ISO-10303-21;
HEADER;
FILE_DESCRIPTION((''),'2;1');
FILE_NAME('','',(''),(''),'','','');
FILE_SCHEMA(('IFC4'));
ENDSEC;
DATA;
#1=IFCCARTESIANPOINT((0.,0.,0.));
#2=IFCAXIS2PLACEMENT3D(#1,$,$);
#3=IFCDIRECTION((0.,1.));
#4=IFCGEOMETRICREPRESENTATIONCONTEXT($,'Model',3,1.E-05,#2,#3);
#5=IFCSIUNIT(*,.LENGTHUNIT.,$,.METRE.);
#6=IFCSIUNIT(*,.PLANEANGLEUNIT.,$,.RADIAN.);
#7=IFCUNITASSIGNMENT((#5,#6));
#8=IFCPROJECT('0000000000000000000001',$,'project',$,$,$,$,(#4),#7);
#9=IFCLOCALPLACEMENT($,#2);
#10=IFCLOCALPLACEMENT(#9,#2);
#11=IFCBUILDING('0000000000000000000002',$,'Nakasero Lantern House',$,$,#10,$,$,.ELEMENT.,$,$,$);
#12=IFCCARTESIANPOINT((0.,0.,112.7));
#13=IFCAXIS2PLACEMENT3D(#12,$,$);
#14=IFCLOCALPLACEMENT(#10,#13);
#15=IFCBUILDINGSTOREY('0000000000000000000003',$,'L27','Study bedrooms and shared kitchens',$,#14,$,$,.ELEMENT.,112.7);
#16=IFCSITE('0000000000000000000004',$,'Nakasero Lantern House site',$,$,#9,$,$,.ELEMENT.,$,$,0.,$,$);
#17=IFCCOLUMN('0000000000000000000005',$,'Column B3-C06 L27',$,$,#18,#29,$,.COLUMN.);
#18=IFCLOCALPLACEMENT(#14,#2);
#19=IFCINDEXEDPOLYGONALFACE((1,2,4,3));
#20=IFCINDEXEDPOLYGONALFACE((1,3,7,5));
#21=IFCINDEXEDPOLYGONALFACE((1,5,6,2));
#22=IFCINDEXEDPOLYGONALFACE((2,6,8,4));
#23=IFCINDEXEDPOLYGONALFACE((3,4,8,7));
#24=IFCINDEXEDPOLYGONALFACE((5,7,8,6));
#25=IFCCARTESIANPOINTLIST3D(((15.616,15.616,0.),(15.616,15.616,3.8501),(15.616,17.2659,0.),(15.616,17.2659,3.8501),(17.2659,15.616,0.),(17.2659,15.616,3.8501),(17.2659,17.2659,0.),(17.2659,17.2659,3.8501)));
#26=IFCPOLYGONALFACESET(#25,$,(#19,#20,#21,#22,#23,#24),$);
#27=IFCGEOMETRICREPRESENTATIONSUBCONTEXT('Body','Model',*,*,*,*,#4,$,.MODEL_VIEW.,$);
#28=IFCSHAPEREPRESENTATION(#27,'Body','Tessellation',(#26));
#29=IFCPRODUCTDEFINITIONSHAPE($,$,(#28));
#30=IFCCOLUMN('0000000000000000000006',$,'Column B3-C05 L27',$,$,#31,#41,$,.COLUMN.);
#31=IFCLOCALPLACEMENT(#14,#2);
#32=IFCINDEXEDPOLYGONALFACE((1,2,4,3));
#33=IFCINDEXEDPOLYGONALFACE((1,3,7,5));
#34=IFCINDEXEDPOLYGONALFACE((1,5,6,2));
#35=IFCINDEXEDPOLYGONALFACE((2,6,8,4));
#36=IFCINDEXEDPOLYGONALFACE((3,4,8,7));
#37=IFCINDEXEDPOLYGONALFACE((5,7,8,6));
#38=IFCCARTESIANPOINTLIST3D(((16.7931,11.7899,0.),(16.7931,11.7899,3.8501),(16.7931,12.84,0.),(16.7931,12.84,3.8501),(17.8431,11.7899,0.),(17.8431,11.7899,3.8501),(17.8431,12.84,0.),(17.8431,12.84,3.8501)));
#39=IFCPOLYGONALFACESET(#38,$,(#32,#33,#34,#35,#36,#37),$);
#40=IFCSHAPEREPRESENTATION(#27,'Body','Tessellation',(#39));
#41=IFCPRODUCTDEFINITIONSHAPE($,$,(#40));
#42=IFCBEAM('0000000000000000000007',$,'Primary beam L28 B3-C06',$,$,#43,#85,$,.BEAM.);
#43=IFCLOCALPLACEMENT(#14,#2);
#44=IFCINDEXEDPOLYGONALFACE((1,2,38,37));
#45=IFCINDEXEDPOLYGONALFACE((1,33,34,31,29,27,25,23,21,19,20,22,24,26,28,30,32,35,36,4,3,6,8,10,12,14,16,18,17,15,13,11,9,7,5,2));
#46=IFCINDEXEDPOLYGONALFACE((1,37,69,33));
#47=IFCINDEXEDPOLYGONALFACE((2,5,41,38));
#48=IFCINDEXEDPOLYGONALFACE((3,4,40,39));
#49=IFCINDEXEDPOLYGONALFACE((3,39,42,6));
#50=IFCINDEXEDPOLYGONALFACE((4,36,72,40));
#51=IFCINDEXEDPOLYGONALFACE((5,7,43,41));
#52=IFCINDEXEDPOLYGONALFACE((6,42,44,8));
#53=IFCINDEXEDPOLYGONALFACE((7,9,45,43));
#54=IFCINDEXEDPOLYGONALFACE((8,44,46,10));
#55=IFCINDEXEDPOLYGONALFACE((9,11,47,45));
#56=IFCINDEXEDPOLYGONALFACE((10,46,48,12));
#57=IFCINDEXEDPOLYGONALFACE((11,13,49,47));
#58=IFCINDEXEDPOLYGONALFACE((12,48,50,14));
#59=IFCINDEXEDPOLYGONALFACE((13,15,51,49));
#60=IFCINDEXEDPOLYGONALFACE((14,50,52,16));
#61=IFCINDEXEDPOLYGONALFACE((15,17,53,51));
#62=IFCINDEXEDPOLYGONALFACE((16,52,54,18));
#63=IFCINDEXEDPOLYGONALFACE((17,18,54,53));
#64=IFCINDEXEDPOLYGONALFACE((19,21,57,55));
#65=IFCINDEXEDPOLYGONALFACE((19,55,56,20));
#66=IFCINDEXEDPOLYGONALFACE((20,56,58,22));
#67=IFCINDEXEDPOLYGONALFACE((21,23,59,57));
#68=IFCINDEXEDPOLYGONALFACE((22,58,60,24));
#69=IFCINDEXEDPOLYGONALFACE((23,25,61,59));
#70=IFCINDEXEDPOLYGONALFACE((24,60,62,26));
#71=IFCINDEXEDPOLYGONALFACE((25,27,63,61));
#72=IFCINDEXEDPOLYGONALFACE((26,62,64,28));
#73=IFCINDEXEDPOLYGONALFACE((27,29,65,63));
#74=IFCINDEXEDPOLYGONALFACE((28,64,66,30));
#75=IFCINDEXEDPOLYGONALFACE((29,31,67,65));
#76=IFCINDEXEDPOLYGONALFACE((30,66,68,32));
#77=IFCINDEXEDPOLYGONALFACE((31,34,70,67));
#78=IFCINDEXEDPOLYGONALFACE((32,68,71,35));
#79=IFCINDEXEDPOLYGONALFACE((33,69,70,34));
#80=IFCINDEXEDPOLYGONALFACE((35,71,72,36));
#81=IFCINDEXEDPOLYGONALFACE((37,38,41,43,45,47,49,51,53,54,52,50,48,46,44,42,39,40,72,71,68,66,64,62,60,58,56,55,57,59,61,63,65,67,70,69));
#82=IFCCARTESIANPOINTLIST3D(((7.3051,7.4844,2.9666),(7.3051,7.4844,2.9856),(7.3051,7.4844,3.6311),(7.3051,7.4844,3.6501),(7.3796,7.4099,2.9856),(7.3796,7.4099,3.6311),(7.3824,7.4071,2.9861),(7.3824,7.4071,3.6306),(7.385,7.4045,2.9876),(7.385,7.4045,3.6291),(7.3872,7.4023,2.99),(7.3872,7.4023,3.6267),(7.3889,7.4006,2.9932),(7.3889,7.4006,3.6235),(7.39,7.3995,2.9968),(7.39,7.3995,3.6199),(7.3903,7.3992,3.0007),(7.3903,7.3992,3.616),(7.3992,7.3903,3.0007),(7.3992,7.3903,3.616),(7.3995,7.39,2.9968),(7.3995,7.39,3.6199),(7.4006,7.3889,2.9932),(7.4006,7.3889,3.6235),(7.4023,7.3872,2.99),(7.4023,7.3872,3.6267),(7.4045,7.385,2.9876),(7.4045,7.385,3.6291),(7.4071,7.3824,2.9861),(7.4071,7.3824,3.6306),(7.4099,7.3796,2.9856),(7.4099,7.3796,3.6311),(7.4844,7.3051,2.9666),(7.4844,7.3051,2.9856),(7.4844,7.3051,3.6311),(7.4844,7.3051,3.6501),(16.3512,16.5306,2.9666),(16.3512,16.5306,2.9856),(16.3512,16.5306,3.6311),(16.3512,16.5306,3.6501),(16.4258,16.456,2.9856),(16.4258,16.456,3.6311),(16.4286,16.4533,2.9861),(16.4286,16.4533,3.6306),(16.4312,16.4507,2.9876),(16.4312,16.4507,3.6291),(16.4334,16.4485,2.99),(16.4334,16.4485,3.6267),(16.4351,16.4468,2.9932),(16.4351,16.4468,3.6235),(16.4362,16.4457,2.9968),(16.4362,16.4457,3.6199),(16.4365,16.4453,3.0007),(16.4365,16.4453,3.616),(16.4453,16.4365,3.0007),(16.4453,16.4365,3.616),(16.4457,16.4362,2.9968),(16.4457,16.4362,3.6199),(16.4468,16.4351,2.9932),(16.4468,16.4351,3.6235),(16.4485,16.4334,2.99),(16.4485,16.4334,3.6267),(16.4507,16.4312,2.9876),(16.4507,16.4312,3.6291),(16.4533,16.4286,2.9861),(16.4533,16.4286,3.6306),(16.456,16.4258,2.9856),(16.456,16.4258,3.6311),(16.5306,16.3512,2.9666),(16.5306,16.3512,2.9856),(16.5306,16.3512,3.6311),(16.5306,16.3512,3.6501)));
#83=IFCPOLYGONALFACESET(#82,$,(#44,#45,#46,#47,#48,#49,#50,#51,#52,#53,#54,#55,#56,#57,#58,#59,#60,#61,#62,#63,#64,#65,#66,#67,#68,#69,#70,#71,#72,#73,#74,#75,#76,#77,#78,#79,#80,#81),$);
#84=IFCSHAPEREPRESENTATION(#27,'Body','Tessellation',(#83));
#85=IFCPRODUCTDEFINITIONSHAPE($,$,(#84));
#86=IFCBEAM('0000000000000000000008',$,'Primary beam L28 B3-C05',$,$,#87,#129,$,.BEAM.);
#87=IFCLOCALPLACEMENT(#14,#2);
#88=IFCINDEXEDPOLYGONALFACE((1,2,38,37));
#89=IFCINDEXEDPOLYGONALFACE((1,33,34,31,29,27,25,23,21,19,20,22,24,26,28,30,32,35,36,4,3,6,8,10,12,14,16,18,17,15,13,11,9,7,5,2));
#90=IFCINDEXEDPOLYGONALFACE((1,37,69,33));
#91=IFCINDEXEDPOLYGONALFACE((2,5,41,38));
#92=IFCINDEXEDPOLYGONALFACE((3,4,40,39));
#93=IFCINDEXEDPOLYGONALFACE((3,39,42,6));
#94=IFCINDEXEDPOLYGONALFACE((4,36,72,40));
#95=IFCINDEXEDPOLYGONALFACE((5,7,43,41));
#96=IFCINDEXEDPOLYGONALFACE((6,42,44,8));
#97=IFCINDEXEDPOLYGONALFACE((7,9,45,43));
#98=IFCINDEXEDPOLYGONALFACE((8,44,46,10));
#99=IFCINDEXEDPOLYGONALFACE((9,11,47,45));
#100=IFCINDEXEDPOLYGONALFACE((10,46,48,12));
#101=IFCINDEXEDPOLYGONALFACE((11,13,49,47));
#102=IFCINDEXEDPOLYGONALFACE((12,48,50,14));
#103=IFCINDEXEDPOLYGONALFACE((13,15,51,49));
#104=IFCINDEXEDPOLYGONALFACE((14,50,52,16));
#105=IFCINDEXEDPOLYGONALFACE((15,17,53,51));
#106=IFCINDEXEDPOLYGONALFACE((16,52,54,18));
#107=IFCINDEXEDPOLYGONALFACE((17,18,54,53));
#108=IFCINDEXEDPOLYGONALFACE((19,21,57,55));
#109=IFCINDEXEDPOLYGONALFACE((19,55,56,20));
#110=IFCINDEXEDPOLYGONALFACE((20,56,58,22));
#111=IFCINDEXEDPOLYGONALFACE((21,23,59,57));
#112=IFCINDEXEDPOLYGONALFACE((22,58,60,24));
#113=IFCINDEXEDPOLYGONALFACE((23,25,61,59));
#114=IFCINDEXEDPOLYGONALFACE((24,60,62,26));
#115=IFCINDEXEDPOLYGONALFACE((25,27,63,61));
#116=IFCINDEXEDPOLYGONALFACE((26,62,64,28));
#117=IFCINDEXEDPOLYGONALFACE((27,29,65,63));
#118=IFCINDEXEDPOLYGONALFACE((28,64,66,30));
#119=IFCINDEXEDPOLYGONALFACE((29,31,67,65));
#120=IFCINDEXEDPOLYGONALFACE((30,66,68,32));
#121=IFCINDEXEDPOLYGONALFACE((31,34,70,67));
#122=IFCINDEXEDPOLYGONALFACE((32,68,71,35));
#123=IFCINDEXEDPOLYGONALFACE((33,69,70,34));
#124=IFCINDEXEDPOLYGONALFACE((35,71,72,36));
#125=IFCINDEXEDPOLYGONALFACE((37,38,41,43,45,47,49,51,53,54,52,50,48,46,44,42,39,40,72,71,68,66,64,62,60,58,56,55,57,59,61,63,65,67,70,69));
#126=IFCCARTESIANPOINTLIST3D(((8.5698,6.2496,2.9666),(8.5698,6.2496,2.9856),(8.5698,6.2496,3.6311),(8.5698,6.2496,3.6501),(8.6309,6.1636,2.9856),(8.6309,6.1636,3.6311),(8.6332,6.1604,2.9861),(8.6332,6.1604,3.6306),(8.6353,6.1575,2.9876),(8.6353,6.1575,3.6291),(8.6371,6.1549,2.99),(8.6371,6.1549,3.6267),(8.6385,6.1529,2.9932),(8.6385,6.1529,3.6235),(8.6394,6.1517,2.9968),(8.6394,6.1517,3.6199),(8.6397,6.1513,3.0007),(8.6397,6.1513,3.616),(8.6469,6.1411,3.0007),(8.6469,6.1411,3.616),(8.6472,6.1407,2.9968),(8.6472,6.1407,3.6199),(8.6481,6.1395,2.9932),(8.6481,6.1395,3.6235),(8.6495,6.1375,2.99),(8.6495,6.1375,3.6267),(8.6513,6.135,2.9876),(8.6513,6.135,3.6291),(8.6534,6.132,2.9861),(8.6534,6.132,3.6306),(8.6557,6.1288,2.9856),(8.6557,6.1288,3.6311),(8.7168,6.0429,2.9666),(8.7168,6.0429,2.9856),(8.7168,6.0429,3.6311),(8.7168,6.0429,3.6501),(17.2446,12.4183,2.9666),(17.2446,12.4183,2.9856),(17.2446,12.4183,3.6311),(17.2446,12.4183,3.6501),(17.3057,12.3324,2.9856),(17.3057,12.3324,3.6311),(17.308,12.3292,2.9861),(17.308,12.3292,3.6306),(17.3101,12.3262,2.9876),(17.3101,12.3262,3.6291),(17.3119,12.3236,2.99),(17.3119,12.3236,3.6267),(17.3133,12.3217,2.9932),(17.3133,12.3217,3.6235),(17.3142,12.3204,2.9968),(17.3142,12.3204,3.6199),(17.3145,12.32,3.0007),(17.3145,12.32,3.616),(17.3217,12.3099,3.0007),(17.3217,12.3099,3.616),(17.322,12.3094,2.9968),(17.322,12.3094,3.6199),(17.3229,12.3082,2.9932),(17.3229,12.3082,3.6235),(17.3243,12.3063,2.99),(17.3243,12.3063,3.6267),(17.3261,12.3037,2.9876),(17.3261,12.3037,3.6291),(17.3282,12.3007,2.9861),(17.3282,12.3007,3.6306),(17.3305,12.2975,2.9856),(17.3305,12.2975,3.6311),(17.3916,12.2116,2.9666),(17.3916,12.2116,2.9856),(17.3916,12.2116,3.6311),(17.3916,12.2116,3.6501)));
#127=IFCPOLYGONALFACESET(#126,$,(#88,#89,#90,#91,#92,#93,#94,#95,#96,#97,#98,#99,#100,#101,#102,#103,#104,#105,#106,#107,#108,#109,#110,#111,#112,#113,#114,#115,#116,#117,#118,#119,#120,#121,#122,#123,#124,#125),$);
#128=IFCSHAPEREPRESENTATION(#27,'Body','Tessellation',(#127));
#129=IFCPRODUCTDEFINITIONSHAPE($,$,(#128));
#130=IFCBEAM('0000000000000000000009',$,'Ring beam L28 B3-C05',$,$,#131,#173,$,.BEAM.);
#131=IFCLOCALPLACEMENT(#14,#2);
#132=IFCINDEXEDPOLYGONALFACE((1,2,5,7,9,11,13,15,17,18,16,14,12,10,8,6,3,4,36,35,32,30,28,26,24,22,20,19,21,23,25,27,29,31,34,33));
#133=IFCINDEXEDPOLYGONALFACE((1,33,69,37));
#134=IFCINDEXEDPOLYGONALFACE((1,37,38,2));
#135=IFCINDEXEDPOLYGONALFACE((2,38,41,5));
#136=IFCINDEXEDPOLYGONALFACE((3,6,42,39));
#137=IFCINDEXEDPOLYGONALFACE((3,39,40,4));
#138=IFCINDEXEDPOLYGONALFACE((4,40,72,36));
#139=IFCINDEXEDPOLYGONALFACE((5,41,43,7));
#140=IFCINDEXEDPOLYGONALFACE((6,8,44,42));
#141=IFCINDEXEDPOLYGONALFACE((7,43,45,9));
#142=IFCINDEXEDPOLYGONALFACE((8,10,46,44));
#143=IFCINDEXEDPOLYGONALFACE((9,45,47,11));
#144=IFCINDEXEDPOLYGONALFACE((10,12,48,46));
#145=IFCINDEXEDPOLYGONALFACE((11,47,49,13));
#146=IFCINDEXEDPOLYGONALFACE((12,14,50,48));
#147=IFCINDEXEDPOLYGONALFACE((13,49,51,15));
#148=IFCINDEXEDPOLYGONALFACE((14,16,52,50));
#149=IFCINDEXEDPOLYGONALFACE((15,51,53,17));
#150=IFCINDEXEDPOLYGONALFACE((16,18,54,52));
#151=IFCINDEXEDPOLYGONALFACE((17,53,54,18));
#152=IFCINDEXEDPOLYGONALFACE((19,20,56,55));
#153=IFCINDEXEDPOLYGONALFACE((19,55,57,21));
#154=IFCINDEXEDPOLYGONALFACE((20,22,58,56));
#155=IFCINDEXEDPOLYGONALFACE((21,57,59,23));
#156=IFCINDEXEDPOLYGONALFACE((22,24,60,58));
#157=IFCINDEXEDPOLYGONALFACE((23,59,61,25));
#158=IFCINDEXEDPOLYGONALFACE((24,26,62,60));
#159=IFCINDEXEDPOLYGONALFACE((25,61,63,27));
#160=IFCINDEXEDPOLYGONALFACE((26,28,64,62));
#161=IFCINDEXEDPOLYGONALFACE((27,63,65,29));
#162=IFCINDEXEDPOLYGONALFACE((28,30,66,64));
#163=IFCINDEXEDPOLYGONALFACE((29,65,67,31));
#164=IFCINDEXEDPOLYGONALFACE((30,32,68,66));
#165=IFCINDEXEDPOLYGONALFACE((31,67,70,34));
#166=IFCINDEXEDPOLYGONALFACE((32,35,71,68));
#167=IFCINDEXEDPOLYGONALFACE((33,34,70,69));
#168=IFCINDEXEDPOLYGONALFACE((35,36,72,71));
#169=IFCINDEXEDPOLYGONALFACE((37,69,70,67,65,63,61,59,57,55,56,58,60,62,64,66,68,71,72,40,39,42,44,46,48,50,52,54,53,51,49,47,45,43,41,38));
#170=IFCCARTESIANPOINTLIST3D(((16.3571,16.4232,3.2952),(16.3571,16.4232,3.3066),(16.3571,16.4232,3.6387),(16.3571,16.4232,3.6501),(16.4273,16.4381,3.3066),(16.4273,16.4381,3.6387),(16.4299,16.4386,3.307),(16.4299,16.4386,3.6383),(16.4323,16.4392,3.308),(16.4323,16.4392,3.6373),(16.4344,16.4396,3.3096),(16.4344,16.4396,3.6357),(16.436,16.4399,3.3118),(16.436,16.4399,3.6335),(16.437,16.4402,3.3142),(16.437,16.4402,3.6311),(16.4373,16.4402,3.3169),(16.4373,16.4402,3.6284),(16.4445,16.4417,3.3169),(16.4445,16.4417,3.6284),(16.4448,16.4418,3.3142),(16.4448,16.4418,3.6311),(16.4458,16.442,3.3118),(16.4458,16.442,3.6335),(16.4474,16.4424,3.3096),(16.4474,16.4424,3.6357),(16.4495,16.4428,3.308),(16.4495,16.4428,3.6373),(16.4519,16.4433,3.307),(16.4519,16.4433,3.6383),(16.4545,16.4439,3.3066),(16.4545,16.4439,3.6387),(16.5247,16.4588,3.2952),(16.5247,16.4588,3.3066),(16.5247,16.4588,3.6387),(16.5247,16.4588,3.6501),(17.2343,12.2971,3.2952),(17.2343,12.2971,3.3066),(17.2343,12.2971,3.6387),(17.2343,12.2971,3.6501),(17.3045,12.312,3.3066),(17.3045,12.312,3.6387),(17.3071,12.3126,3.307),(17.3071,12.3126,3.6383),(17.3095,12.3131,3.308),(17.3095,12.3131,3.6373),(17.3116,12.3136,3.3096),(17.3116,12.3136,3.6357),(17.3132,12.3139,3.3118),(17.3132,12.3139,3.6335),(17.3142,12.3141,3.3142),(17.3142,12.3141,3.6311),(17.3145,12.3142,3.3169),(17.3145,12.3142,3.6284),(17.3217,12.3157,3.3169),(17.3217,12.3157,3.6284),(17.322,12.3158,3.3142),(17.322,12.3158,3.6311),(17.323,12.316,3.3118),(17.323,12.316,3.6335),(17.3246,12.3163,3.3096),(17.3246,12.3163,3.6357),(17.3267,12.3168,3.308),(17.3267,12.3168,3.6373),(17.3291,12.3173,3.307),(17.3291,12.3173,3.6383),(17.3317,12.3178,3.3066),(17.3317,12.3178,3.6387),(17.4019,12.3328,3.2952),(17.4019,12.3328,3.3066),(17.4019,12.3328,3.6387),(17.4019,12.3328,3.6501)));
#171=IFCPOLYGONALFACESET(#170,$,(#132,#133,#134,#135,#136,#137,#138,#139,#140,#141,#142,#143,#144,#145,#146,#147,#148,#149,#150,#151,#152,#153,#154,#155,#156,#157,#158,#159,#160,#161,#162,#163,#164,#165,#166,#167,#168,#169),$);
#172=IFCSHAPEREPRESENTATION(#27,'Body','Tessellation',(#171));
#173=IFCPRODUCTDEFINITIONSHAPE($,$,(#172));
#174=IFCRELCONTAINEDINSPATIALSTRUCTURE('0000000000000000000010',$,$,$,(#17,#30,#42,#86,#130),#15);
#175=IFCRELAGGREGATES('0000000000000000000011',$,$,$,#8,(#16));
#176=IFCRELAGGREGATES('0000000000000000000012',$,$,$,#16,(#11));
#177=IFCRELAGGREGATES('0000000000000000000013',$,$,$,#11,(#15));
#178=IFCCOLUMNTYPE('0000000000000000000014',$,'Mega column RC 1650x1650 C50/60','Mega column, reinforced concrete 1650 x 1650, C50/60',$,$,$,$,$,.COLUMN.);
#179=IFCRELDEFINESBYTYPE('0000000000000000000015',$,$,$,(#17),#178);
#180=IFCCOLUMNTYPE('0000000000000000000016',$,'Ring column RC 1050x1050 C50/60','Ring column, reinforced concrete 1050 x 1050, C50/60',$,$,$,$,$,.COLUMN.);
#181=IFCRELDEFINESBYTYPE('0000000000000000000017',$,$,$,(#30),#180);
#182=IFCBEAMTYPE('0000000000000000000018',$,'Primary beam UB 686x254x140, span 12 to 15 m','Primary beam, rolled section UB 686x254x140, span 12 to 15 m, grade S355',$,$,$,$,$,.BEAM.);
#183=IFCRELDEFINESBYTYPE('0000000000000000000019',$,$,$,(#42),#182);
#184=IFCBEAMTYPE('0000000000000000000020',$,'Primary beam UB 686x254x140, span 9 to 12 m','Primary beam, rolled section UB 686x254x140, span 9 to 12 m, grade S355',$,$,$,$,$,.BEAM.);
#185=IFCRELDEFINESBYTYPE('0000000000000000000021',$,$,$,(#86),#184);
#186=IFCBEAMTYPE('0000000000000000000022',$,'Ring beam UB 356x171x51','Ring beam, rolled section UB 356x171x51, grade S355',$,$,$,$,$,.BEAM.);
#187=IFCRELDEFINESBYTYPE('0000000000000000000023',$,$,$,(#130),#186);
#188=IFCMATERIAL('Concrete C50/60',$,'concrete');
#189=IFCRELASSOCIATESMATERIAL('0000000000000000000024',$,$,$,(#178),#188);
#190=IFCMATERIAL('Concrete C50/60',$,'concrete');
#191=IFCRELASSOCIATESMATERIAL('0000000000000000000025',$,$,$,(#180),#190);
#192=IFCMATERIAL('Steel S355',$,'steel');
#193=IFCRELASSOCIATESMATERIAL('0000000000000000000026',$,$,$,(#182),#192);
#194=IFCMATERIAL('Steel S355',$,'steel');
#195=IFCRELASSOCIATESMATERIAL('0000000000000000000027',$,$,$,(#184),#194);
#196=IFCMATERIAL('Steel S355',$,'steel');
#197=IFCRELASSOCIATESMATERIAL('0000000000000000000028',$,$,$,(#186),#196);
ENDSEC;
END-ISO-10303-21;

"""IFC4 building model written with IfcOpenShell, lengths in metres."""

from ifc_helpers import new_model, si_unit, direction, frame, origin, origin_2d, place, context, subcontext, project, spatial, rectangle, i_section, extrude, material, material_profile, profile_set, type_object, element, save


model = new_model("IFC4")

# Units and contexts
model_context = context("Model", 3, precision=1e-05, world=origin(), true_north=direction((0.0, 1.0)))
body_context = subcontext(model_context, "Body", "Model", "MODEL_VIEW")
ifc_project = project(units=[si_unit("LENGTHUNIT", "METRE"), si_unit("PLANEANGLEUNIT", "RADIAN")], contexts=[model_context])

# Site, building, storey
site_placement = place(None, origin())
site = spatial("IfcSite", under=ifc_project, at=site_placement, Name="Nakasero Lantern House site", CompositionType="ELEMENT", RefElevation=0.0)
building_placement = place(site_placement, origin())
building = spatial("IfcBuilding", under=site, at=building_placement, Name="Nakasero Lantern House", CompositionType="ELEMENT")
storey_placement = place(building_placement, frame((0.0, 0.0, 112.7)))
storey = spatial("IfcBuildingStorey", under=building, at=storey_placement, Name="L27", Description="Study bedrooms and shared kitchens", CompositionType="ELEMENT", Elevation=112.7)

# Columns
ifc_material_1 = material(Name="Concrete C50/60", Category="concrete")
ifc_material_profile_1 = material_profile(ifc_material_1, rectangle(XDim=1.6499, YDim=1.6499, at=origin_2d()), Name="RC 1650x1650")
ifc_profile_set_1 = profile_set([ifc_material_profile_1], Name="Concrete C50/60")
column_type_1 = type_object("IfcColumnType", Name="Mega column RC 1650x1650 C50/60", Description="Mega column, reinforced concrete 1650 x 1650, C50/60", PredefinedType="COLUMN", material=ifc_profile_set_1)
column_1_placement = place(storey_placement, frame((16.4409, 16.4409, 0.0), z_axis=(0.0, 0.0, 1.0), x_axis=(1.0, 0.0, 0.0)))
element("IfcColumn", 1, at=column_1_placement, inside=storey, type_object=column_type_1, Name="Column B3-C06 L27", PredefinedType="COLUMN", context=body_context, shape_type="SweptSolid", body=[
    extrude(rectangle(XDim=1.6499, YDim=1.6499, at=origin_2d()), origin(), (0.0, 0.0, 1.0), 3.8501),
])
ifc_material_2 = material(Name="Concrete C50/60", Category="concrete")
ifc_material_profile_2 = material_profile(ifc_material_2, rectangle(XDim=1.05, YDim=1.05, at=origin_2d()), Name="RC 1050x1050")
ifc_profile_set_2 = profile_set([ifc_material_profile_2], Name="Concrete C50/60")
column_type_2 = type_object("IfcColumnType", Name="Ring column RC 1050x1050 C50/60", Description="Ring column, reinforced concrete 1050 x 1050, C50/60", PredefinedType="COLUMN", material=ifc_profile_set_2)
column_2_placement = place(storey_placement, frame((17.3181, 12.3149, 0.0), z_axis=(0.0, 0.0, 1.0), x_axis=(1.0, 0.0, 0.0)))
element("IfcColumn", 2, at=column_2_placement, inside=storey, type_object=column_type_2, Name="Column B3-C05 L27", PredefinedType="COLUMN", context=body_context, shape_type="SweptSolid", body=[
    extrude(rectangle(XDim=1.05, YDim=1.05, at=origin_2d()), origin(), (0.0, 0.0, 1.0), 3.8501),
])

# Beams
ifc_material_3 = material(Name="Steel S355", Category="steel")
ifc_material_profile_3 = material_profile(ifc_material_3, i_section(OverallWidth=0.2537, OverallDepth=0.6836, WebThickness=0.0125, FlangeThickness=0.019, FilletRadius=0.0151, at=origin_2d()), Name="UB 686x254x140")
ifc_profile_set_3 = profile_set([ifc_material_profile_3], Name="Steel S355")
beam_type_1 = type_object("IfcBeamType", Name="Primary beam UB 686x254x140, span 12 to 15 m", Description="Primary beam, rolled section UB 686x254x140, span 12 to 15 m, grade S355", PredefinedType="BEAM", material=ifc_profile_set_3)
beam_1_placement = place(storey_placement, frame((16.4409, 16.4409, 3.3083), z_axis=(-0.707107, -0.707107, 0.0), x_axis=(0.707107, -0.707107, 0.0)))
element("IfcBeam", 3, at=beam_1_placement, inside=storey, type_object=beam_type_1, Name="Primary beam L28 B3-C06", PredefinedType="BEAM", context=body_context, shape_type="SweptSolid", body=[
    extrude(i_section(OverallWidth=0.2537, OverallDepth=0.6836, WebThickness=0.0125, FlangeThickness=0.019, FilletRadius=0.0151, at=origin_2d()), origin(), (0.0, 0.0, 1.0), 12.7932),
])
ifc_material_4 = material(Name="Steel S355", Category="steel")
ifc_material_profile_4 = material_profile(ifc_material_4, i_section(OverallWidth=0.2537, OverallDepth=0.6836, WebThickness=0.0125, FlangeThickness=0.019, FilletRadius=0.0151, at=origin_2d()), Name="UB 686x254x140")
ifc_profile_set_4 = profile_set([ifc_material_profile_4], Name="Steel S355")
beam_type_2 = type_object("IfcBeamType", Name="Primary beam UB 686x254x140, span 9 to 12 m", Description="Primary beam, rolled section UB 686x254x140, span 9 to 12 m, grade S355", PredefinedType="BEAM", material=ifc_profile_set_4)
beam_2_placement = place(storey_placement, frame((17.3181, 12.3149, 3.3083), z_axis=(-0.814957, -0.579521, 0.0), x_axis=(0.579521, -0.814957, 0.0)))
element("IfcBeam", 4, at=beam_2_placement, inside=storey, type_object=beam_type_2, Name="Primary beam L28 B3-C05", PredefinedType="BEAM", context=body_context, shape_type="SweptSolid", body=[
    extrude(i_section(OverallWidth=0.2537, OverallDepth=0.6836, WebThickness=0.0125, FlangeThickness=0.019, FilletRadius=0.0151, at=origin_2d()), origin(), (0.0, 0.0, 1.0), 10.6445),
])
ifc_material_5 = material(Name="Steel S355", Category="steel")
ifc_material_profile_5 = material_profile(ifc_material_5, i_section(OverallWidth=0.1714, OverallDepth=0.355, WebThickness=0.0073, FlangeThickness=0.0115, FilletRadius=0.0103, at=origin_2d()), Name="UB 356x171x51")
ifc_profile_set_5 = profile_set([ifc_material_profile_5], Name="Steel S355")
beam_type_3 = type_object("IfcBeamType", Name="Ring beam UB 356x171x51", Description="Ring beam, rolled section UB 356x171x51, grade S355", PredefinedType="BEAM", material=ifc_profile_set_5)
beam_3_placement = place(storey_placement, frame((17.3181, 12.3149, 3.4727), z_axis=(-0.207956, 0.978138, 0.0), x_axis=(-0.978138, -0.207956, 0.0)))
element("IfcBeam", 5, at=beam_3_placement, inside=storey, type_object=beam_type_3, Name="Ring beam L28 B3-C05", PredefinedType="BEAM", context=body_context, shape_type="SweptSolid", body=[
    extrude(i_section(OverallWidth=0.1714, OverallDepth=0.355, WebThickness=0.0073, FlangeThickness=0.0115, FilletRadius=0.0103, at=origin_2d()), origin(), (0.0, 0.0, 1.0), 4.2183),
])

save(model, "model.ifc")
